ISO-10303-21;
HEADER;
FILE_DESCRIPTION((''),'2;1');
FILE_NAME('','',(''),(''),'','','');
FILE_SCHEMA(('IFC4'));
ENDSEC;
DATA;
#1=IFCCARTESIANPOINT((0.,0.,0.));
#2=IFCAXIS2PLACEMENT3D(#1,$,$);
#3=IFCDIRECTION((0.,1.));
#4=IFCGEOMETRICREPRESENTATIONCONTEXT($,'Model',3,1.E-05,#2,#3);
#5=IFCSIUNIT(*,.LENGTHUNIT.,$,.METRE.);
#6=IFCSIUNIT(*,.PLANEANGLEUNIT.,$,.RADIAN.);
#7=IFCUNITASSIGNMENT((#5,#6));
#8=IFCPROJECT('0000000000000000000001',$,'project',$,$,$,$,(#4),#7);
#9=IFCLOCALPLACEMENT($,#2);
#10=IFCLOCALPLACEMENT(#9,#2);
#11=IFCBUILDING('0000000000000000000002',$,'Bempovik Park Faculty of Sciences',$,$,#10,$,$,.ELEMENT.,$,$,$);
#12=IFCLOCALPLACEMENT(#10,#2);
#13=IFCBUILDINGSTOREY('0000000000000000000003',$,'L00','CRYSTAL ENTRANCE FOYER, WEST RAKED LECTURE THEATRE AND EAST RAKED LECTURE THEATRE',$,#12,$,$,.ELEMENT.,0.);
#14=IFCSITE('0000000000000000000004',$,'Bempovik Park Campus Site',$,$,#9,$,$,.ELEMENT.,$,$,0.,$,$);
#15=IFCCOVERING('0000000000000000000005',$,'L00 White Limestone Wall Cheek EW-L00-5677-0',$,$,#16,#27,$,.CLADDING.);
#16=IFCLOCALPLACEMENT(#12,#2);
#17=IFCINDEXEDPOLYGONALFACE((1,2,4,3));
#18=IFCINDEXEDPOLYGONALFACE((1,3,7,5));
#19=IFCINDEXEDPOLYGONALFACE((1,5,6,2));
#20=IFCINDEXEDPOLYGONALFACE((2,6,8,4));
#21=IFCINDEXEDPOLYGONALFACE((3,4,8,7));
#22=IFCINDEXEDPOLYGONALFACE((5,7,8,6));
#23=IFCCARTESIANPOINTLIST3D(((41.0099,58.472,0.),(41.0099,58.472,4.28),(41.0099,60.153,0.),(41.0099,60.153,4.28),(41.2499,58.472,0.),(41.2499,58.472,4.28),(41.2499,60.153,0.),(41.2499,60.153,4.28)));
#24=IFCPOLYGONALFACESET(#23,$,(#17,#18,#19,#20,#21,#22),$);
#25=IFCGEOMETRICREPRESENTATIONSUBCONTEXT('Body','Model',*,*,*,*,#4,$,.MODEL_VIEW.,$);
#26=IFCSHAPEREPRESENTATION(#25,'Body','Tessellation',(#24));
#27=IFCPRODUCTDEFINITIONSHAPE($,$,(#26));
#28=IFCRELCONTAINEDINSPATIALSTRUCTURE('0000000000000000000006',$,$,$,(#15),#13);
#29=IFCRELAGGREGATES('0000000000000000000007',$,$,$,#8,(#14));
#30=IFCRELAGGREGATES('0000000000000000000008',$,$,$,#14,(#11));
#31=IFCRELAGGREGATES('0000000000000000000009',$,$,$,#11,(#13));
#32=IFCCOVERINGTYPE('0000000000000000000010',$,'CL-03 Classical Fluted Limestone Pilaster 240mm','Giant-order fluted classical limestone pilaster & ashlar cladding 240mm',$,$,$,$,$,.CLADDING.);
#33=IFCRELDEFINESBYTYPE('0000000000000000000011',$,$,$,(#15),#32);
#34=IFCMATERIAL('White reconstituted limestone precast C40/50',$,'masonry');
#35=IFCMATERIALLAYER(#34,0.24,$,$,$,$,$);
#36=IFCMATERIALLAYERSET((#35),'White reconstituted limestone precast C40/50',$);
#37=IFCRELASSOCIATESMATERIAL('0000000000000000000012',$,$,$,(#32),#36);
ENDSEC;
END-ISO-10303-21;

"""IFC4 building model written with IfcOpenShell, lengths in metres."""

from ifc_helpers import new_model, si_unit, direction, frame, origin, origin_2d, place, context, subcontext, project, spatial, rectangle, extrude, material, layer, layer_set, type_object, element, save


model = new_model("IFC4")

# Units and contexts
model_context = context("Model", 3, precision=1e-05, world=origin(), true_north=direction((0.0, 1.0)))
body_context = subcontext(model_context, "Body", "Model", "MODEL_VIEW")
ifc_project = project(units=[si_unit("LENGTHUNIT", "METRE"), si_unit("PLANEANGLEUNIT", "RADIAN")], contexts=[model_context])

# Site, building, storey
site_placement = place(None, origin())
site = spatial("IfcSite", under=ifc_project, at=site_placement, Name="Bempovik Park Campus Site", CompositionType="ELEMENT", RefElevation=0.0)
building_placement = place(site_placement, origin())
building = spatial("IfcBuilding", under=site, at=building_placement, Name="Bempovik Park Faculty of Sciences", CompositionType="ELEMENT")
storey_placement = place(building_placement, origin())
storey = spatial("IfcBuildingStorey", under=building, at=storey_placement, Name="L00", Description="CRYSTAL ENTRANCE FOYER, WEST RAKED LECTURE THEATRE AND EAST RAKED LECTURE THEATRE", CompositionType="ELEMENT", Elevation=0.0)

# Covering
ifc_material_1 = material(Name="White reconstituted limestone precast C40/50", Category="masonry")
ifc_layer_1 = layer(ifc_material_1, 0.24)
ifc_layer_set_1 = layer_set([ifc_layer_1], Name="White reconstituted limestone precast C40/50")
covering_type = type_object("IfcCoveringType", Name="CL-03 Classical Fluted Limestone Pilaster 240mm", Description="Giant-order fluted classical limestone pilaster & ashlar cladding 240mm", PredefinedType="CLADDING", material=ifc_layer_set_1)
covering_1_placement = place(storey_placement, frame((41.1299, 59.3125, 0.0), z_axis=(0.0, 0.0, 1.0), x_axis=(1.0, 0.0, 0.0)))
element("IfcCovering", 1, at=covering_1_placement, inside=storey, type_object=covering_type, Name="L00 White Limestone Wall Cheek EW-L00-5677-0", PredefinedType="CLADDING", context=body_context, shape_type="SweptSolid", body=[
    extrude(rectangle(XDim=0.24, YDim=1.6809, at=origin_2d()), origin(), (0.0, 0.0, 1.0), 4.28),
])

save(model, "model.ifc")
